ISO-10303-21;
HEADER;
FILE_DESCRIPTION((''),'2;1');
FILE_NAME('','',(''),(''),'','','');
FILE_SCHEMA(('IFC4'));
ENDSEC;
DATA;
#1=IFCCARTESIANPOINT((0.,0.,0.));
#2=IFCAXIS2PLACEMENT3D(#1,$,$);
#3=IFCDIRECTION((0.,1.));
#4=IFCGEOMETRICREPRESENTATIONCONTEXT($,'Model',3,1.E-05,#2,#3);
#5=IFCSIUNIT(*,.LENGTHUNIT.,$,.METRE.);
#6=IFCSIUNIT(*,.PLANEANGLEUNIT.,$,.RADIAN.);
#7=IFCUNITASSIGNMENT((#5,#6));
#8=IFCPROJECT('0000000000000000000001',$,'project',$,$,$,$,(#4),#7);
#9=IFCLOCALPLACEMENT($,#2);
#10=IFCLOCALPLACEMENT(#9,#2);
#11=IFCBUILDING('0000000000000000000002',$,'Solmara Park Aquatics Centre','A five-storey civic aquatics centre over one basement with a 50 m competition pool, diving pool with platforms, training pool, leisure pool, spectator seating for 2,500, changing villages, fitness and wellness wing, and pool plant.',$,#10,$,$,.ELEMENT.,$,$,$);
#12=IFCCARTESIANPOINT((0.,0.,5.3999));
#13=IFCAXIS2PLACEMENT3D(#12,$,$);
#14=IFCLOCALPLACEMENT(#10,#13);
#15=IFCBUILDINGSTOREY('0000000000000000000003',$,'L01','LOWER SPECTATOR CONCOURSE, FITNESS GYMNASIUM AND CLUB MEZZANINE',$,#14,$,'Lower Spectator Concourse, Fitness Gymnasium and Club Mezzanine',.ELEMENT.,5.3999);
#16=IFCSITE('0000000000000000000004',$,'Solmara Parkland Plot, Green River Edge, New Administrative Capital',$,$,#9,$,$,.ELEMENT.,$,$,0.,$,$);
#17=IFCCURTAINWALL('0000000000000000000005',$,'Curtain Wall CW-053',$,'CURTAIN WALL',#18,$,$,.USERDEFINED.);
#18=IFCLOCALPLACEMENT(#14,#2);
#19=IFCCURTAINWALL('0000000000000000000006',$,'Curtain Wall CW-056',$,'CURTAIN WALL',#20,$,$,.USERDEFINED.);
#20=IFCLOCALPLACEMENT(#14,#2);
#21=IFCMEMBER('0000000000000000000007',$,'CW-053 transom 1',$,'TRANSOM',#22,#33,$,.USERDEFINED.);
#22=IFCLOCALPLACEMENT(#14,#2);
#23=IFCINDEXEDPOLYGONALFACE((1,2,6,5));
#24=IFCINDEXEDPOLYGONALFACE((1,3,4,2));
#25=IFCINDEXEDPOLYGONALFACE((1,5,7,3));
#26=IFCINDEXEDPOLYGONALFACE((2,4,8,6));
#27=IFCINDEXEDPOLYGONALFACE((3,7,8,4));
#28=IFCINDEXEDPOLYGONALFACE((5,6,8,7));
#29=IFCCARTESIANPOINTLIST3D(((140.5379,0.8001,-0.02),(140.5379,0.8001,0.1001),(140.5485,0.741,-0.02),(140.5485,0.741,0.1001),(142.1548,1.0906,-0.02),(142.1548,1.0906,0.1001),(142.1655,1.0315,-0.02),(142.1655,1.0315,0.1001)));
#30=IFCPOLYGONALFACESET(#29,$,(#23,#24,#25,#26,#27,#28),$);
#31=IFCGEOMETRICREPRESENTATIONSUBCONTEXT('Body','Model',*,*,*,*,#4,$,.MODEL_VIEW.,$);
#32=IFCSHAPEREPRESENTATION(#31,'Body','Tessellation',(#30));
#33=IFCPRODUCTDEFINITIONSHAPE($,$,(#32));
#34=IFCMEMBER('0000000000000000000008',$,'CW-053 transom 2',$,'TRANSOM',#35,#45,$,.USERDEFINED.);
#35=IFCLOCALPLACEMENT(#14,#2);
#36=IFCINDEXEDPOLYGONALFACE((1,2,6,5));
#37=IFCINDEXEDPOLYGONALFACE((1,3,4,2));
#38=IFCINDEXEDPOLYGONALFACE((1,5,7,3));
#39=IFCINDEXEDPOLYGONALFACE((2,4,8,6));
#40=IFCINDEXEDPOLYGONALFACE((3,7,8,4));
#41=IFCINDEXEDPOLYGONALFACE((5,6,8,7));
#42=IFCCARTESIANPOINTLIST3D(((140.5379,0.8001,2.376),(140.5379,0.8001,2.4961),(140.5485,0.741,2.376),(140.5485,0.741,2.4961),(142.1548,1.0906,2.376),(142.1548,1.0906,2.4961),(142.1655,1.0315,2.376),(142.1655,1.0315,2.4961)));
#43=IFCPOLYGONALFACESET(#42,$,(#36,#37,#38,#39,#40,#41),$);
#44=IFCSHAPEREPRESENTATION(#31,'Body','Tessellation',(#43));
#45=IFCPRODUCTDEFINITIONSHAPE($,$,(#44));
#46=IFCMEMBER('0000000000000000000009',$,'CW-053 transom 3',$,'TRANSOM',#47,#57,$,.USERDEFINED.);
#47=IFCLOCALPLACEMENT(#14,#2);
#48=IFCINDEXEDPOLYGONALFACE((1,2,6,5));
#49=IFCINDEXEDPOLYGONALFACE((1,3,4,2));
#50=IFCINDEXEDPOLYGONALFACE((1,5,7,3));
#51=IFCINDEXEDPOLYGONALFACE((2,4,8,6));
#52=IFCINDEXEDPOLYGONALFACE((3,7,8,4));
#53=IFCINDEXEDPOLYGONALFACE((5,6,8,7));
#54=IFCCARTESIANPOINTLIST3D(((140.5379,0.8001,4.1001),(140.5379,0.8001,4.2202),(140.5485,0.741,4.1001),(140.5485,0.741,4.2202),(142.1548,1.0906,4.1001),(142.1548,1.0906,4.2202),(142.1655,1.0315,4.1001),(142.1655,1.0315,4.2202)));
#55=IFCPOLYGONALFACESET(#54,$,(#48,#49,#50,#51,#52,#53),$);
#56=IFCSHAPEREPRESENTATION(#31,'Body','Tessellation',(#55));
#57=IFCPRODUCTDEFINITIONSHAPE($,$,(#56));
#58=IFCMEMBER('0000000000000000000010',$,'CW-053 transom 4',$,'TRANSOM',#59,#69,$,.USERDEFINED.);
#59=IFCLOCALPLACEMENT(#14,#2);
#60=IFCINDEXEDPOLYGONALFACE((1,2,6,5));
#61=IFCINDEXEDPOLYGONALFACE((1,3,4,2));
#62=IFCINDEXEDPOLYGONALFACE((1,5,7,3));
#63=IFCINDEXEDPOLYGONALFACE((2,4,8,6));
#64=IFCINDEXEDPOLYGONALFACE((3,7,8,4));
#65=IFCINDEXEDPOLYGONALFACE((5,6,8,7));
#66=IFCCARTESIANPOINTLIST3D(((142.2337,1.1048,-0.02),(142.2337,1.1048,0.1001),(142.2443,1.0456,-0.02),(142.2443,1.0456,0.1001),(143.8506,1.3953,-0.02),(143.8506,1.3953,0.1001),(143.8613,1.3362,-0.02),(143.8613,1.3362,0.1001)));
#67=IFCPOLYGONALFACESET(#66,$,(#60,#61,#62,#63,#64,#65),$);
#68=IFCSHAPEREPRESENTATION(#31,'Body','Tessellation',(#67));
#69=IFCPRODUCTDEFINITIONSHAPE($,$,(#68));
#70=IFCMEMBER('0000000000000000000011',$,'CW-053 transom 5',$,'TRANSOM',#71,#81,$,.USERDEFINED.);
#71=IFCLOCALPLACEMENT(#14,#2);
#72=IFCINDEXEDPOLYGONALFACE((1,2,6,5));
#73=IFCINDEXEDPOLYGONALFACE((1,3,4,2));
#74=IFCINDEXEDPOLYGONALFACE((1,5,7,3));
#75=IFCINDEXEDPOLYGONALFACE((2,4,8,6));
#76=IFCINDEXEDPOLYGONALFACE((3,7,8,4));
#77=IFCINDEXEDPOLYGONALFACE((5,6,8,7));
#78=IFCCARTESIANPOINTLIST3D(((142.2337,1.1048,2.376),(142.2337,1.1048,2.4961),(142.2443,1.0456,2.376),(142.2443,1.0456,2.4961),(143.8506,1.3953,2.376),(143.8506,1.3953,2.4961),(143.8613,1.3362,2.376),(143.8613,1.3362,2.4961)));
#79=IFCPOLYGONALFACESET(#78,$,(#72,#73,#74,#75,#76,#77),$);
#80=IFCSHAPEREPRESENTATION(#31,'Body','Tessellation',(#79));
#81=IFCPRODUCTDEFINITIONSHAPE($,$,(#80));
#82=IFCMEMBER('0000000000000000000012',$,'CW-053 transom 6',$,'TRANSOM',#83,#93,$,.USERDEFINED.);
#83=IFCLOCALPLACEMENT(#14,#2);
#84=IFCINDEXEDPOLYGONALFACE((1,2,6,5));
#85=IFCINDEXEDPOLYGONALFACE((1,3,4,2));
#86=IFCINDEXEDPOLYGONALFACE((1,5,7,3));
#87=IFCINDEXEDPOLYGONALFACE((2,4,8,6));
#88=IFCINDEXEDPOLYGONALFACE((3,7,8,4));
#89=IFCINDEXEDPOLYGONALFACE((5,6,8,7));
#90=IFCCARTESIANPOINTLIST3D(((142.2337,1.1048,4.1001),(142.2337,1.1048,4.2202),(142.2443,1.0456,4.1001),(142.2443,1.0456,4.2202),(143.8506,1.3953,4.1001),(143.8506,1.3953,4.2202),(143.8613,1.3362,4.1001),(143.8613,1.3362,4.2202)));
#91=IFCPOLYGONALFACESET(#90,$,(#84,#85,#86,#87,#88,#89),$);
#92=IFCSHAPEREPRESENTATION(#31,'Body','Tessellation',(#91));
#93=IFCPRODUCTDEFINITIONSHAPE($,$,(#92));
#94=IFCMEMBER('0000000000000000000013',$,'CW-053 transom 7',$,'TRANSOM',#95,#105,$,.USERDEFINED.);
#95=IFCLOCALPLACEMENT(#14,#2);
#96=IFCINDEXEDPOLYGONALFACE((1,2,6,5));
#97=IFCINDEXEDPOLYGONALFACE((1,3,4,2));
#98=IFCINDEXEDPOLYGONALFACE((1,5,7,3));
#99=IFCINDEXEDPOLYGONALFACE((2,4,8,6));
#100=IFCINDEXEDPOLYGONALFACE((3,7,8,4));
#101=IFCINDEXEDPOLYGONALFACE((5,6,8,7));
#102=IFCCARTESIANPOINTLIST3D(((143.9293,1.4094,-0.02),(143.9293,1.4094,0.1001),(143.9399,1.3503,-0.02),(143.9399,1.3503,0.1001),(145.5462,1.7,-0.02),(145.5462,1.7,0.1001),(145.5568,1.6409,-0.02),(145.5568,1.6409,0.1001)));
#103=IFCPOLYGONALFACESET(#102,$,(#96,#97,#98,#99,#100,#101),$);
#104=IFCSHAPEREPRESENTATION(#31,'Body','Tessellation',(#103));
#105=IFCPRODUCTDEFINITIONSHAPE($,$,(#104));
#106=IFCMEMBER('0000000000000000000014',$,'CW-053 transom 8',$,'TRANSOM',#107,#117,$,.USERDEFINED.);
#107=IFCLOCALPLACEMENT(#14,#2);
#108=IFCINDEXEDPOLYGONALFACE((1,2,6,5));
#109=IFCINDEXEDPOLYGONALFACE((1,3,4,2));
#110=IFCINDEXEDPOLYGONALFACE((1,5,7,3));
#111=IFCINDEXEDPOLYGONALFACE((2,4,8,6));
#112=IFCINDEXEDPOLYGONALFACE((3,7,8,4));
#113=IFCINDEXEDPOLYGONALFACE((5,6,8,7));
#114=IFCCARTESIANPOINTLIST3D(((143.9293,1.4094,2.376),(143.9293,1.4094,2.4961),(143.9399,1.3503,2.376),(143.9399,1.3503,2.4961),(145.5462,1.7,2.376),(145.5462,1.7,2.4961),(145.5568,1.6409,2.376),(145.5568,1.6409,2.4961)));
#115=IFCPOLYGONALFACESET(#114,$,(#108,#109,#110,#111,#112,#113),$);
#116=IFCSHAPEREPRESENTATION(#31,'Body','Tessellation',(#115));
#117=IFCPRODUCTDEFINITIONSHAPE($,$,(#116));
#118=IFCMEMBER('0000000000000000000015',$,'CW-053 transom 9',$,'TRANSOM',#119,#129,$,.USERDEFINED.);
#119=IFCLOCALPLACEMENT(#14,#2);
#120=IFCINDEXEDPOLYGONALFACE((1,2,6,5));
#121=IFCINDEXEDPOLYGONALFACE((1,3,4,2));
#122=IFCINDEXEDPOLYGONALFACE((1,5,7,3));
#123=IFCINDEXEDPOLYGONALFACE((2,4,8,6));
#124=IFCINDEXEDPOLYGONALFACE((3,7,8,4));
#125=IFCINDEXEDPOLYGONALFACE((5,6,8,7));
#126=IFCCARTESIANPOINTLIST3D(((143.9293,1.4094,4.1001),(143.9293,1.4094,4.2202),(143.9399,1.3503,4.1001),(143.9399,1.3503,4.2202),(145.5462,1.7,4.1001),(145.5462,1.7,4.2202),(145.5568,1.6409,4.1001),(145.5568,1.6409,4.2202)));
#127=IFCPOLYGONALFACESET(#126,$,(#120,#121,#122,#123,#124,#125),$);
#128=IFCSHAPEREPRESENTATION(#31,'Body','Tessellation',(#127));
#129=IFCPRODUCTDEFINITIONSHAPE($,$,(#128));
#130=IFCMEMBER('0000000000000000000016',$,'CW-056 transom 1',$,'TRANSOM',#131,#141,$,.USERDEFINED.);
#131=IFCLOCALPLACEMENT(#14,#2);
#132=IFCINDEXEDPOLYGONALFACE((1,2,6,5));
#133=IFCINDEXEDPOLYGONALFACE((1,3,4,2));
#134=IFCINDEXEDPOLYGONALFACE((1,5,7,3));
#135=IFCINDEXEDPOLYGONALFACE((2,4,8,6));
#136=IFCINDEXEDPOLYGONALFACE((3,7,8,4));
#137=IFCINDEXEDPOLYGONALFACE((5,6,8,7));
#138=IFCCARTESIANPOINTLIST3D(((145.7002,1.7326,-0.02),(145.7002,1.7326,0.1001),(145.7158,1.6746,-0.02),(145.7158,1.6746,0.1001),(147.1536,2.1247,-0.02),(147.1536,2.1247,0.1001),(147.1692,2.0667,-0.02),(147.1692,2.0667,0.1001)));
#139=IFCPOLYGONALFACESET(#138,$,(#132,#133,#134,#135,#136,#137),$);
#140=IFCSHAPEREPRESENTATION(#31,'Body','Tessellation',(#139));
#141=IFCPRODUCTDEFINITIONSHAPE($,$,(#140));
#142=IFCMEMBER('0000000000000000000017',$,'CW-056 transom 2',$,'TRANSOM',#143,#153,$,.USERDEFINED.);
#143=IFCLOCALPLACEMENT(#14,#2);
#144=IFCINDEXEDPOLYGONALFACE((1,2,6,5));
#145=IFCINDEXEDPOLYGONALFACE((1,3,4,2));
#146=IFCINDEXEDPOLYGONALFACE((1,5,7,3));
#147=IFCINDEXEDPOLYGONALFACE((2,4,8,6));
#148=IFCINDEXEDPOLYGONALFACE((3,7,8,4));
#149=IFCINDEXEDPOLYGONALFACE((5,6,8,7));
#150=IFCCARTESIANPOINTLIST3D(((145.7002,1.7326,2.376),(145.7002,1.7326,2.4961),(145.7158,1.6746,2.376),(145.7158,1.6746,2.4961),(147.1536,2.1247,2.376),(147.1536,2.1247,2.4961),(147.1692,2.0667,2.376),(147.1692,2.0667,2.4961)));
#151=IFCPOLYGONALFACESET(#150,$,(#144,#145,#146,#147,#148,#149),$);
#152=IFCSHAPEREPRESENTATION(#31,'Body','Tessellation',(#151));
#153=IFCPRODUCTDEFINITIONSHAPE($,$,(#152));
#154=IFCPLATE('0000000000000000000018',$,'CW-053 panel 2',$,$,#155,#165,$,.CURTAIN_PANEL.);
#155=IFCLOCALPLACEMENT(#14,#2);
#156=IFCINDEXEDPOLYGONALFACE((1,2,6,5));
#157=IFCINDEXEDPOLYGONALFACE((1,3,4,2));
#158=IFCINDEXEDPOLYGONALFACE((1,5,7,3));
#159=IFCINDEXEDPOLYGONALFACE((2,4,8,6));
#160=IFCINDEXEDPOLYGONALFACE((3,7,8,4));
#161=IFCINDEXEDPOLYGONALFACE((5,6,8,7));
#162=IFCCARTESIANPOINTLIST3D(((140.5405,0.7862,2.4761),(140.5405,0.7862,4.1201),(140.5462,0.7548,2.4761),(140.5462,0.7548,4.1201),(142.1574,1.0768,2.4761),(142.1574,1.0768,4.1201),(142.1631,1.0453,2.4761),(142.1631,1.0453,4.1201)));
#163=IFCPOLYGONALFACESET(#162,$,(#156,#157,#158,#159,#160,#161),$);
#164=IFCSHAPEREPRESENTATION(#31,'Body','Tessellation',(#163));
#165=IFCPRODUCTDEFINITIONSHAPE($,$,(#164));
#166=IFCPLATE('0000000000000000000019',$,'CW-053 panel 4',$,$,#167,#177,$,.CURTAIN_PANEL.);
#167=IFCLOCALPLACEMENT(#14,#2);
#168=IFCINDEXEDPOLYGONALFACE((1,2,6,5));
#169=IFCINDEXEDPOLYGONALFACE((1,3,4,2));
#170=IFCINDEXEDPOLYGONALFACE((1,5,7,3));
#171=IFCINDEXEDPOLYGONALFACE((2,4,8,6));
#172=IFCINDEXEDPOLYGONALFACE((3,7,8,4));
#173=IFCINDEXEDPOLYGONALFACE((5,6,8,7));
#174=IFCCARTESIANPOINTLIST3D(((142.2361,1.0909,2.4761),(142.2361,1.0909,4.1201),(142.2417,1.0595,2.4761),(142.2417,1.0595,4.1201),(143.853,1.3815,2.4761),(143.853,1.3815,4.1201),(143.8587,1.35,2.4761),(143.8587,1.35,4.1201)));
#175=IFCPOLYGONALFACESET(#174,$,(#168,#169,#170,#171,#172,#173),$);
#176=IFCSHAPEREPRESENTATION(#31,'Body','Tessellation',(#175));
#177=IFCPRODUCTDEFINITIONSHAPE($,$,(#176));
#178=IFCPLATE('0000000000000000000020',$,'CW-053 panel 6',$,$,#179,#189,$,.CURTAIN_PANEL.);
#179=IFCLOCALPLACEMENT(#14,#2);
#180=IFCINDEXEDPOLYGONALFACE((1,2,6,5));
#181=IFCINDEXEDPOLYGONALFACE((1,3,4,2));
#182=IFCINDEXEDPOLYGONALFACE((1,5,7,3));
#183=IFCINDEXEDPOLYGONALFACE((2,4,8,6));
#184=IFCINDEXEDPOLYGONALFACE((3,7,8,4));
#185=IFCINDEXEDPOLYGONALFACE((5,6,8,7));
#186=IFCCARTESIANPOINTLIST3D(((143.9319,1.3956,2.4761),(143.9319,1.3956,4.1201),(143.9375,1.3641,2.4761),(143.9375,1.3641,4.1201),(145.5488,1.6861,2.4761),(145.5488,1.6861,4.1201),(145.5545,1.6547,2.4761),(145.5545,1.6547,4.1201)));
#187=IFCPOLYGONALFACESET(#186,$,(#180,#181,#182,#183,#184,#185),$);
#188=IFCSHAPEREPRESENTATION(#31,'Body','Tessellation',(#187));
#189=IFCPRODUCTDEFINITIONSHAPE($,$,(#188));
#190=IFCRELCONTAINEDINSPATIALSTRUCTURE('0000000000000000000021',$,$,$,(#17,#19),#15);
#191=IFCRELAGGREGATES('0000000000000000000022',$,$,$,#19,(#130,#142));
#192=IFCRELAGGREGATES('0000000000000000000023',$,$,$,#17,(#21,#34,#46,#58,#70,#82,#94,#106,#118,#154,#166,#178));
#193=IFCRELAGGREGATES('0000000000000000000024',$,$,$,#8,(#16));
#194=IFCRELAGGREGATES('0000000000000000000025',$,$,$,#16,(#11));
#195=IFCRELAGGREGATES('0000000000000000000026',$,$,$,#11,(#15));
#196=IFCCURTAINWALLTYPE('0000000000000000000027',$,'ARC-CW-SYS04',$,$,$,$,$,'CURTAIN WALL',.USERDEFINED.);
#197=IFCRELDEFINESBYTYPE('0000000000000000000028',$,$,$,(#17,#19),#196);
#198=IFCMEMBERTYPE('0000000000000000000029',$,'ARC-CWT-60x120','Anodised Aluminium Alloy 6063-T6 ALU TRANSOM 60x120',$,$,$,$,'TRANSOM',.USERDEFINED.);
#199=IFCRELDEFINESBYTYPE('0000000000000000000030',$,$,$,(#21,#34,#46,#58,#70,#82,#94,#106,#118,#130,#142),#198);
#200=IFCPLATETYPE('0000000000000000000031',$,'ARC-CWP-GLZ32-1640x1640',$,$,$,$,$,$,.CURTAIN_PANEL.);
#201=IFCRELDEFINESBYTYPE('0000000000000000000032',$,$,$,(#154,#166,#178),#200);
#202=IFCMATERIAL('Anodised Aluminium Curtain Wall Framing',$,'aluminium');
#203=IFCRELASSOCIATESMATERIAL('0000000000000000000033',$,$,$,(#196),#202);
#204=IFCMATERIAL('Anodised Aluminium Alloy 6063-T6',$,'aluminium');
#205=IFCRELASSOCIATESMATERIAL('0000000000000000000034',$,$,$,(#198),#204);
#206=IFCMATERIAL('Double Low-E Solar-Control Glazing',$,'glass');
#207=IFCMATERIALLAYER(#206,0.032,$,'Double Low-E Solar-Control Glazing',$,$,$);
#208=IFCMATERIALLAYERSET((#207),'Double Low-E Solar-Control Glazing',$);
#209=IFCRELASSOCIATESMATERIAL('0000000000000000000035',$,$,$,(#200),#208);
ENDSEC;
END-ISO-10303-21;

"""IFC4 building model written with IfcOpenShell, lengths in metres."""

from ifc_helpers import new_model, si_unit, direction, frame, origin, origin_2d, place, context, subcontext, project, spatial, rectangle, extrude, material, layer, layer_set, material_profile, profile_set, type_object, element, aggregate, save


model = new_model("IFC4")

# Units and contexts
model_context = context("Model", 3, precision=1e-05, world=origin(), true_north=direction((0.0, 1.0)))
body_context = subcontext(model_context, "Body", "Model", "MODEL_VIEW")
ifc_project = project(units=[si_unit("LENGTHUNIT", "METRE"), si_unit("PLANEANGLEUNIT", "RADIAN")], contexts=[model_context])

# Site, building, storey
site_placement = place(None, origin())
site = spatial("IfcSite", under=ifc_project, at=site_placement, Name="Solmara Parkland Plot, Green River Edge, New Administrative Capital", CompositionType="ELEMENT", RefElevation=0.0)
building_placement = place(site_placement, origin())
building = spatial("IfcBuilding", under=site, at=building_placement, Name="Solmara Park Aquatics Centre", Description="A five-storey civic aquatics centre over one basement with a 50 m competition pool, diving pool with platforms, training pool, leisure pool, spectator seating for 2,500, changing villages, fitness and wellness wing, and pool plant.", CompositionType="ELEMENT")
storey_placement = place(building_placement, frame((0.0, 0.0, 5.3999)))
storey = spatial("IfcBuildingStorey", under=building, at=storey_placement, Name="L01", Description="LOWER SPECTATOR CONCOURSE, FITNESS GYMNASIUM AND CLUB MEZZANINE", LongName="Lower Spectator Concourse, Fitness Gymnasium and Club Mezzanine", CompositionType="ELEMENT", Elevation=5.3999)

# Curtain wall
ifc_material_1 = material(Name="Anodised Aluminium Curtain Wall Framing", Category="aluminium")
curtain_wall_type = type_object("IfcCurtainWallType", Name="ARC-CW-SYS04", ElementType="CURTAIN WALL", PredefinedType="USERDEFINED", material=ifc_material_1)
ifc_material_2 = material(Name="Anodised Aluminium Alloy 6063-T6", Category="aluminium")
curtain_wall_1_placement = place(storey_placement, origin())
curtain_wall_1 = element("IfcCurtainWall", 1, at=curtain_wall_1_placement, inside=storey, type_object=curtain_wall_type, Name="Curtain Wall CW-053", ObjectType="CURTAIN WALL", PredefinedType="USERDEFINED")

# Curtain wall
curtain_wall_2_placement = place(storey_placement, origin())
curtain_wall_2 = element("IfcCurtainWall", 2, at=curtain_wall_2_placement, inside=storey, type_object=curtain_wall_type, Name="Curtain Wall CW-056", ObjectType="CURTAIN WALL", PredefinedType="USERDEFINED")

# Members
ifc_material_profile_1 = material_profile(ifc_material_2, rectangle(XDim=0.0601, YDim=0.1201, at=origin_2d()), Name="ALU TRANSOM 60x120")
ifc_profile_set_1 = profile_set([ifc_material_profile_1], Name="Anodised Aluminium Alloy 6063-T6")
member_type_1 = type_object("IfcMemberType", Name="ARC-CWT-60x120", Description="Anodised Aluminium Alloy 6063-T6 ALU TRANSOM 60x120", ElementType="TRANSOM", PredefinedType="USERDEFINED", material=ifc_profile_set_1)
member_1_placement = place(storey_placement, frame((140.5432, 0.7705, 0.04), z_axis=(0.984239, 0.176845, 0.0), x_axis=(-0.176845, 0.984239, 0.0)))
member_1 = element("IfcMember", 3, at=member_1_placement, type_object=member_type_1, Name="CW-053 transom 1", ObjectType="TRANSOM", PredefinedType="USERDEFINED", context=body_context, shape_type="SweptSolid", body=[
    extrude(rectangle(XDim=0.0601, YDim=0.1201, at=origin_2d()), origin(), (0.0, 0.0, 1.0), 1.6428),
])
member_2_placement = place(storey_placement, frame((140.5432, 0.7705, 2.436), z_axis=(0.984239, 0.176845, 0.0), x_axis=(-0.176845, 0.984239, 0.0)))
member_2 = element("IfcMember", 4, at=member_2_placement, type_object=member_type_1, Name="CW-053 transom 2", ObjectType="TRANSOM", PredefinedType="USERDEFINED", context=body_context, shape_type="SweptSolid", body=[
    extrude(rectangle(XDim=0.0601, YDim=0.1201, at=origin_2d()), origin(), (0.0, 0.0, 1.0), 1.6428),
])
member_3_placement = place(storey_placement, frame((140.5432, 0.7705, 4.1602), z_axis=(0.984239, 0.176845, 0.0), x_axis=(-0.176845, 0.984239, 0.0)))
member_3 = element("IfcMember", 5, at=member_3_placement, type_object=member_type_1, Name="CW-053 transom 3", ObjectType="TRANSOM", PredefinedType="USERDEFINED", context=body_context, shape_type="SweptSolid", body=[
    extrude(rectangle(XDim=0.0601, YDim=0.1201, at=origin_2d()), origin(), (0.0, 0.0, 1.0), 1.6428),
])
member_4_placement = place(storey_placement, frame((142.239, 1.0752, 0.04), z_axis=(0.984239, 0.176845, 0.0), x_axis=(-0.176845, 0.984239, 0.0)))
member_4 = element("IfcMember", 6, at=member_4_placement, type_object=member_type_1, Name="CW-053 transom 4", ObjectType="TRANSOM", PredefinedType="USERDEFINED", context=body_context, shape_type="SweptSolid", body=[
    extrude(rectangle(XDim=0.0601, YDim=0.1201, at=origin_2d()), origin(), (0.0, 0.0, 1.0), 1.6428),
])
member_5_placement = place(storey_placement, frame((142.239, 1.0752, 2.436), z_axis=(0.984239, 0.176845, 0.0), x_axis=(-0.176845, 0.984239, 0.0)))
member_5 = element("IfcMember", 7, at=member_5_placement, type_object=member_type_1, Name="CW-053 transom 5", ObjectType="TRANSOM", PredefinedType="USERDEFINED", context=body_context, shape_type="SweptSolid", body=[
    extrude(rectangle(XDim=0.0601, YDim=0.1201, at=origin_2d()), origin(), (0.0, 0.0, 1.0), 1.6428),
])
member_6_placement = place(storey_placement, frame((142.239, 1.0752, 4.1602), z_axis=(0.984239, 0.176845, 0.0), x_axis=(-0.176845, 0.984239, 0.0)))
member_6 = element("IfcMember", 8, at=member_6_placement, type_object=member_type_1, Name="CW-053 transom 6", ObjectType="TRANSOM", PredefinedType="USERDEFINED", context=body_context, shape_type="SweptSolid", body=[
    extrude(rectangle(XDim=0.0601, YDim=0.1201, at=origin_2d()), origin(), (0.0, 0.0, 1.0), 1.6428),
])
member_7_placement = place(storey_placement, frame((143.9346, 1.3799, 0.04), z_axis=(0.984239, 0.176845, 0.0), x_axis=(-0.176845, 0.984239, 0.0)))
member_7 = element("IfcMember", 9, at=member_7_placement, type_object=member_type_1, Name="CW-053 transom 7", ObjectType="TRANSOM", PredefinedType="USERDEFINED", context=body_context, shape_type="SweptSolid", body=[
    extrude(rectangle(XDim=0.0601, YDim=0.1201, at=origin_2d()), origin(), (0.0, 0.0, 1.0), 1.6428),
])
member_8_placement = place(storey_placement, frame((143.9346, 1.3799, 2.436), z_axis=(0.984239, 0.176845, 0.0), x_axis=(-0.176845, 0.984239, 0.0)))
member_8 = element("IfcMember", 10, at=member_8_placement, type_object=member_type_1, Name="CW-053 transom 8", ObjectType="TRANSOM", PredefinedType="USERDEFINED", context=body_context, shape_type="SweptSolid", body=[
    extrude(rectangle(XDim=0.0601, YDim=0.1201, at=origin_2d()), origin(), (0.0, 0.0, 1.0), 1.6428),
])
member_9_placement = place(storey_placement, frame((143.9346, 1.3799, 4.1602), z_axis=(0.984239, 0.176845, 0.0), x_axis=(-0.176845, 0.984239, 0.0)))
member_9 = element("IfcMember", 11, at=member_9_placement, type_object=member_type_1, Name="CW-053 transom 9", ObjectType="TRANSOM", PredefinedType="USERDEFINED", context=body_context, shape_type="SweptSolid", body=[
    extrude(rectangle(XDim=0.0601, YDim=0.1201, at=origin_2d()), origin(), (0.0, 0.0, 1.0), 1.6428),
])
member_10_placement = place(storey_placement, frame((145.708, 1.7036, 0.04), z_axis=(0.965483, 0.260468, 0.0), x_axis=(-0.260468, 0.965483, 0.0)))
member_10 = element("IfcMember", 12, at=member_10_placement, type_object=member_type_1, Name="CW-056 transom 1", ObjectType="TRANSOM", PredefinedType="USERDEFINED", context=body_context, shape_type="SweptSolid", body=[
    extrude(rectangle(XDim=0.0601, YDim=0.1201, at=origin_2d()), origin(), (0.0, 0.0, 1.0), 1.5054),
])
member_11_placement = place(storey_placement, frame((145.708, 1.7036, 2.436), z_axis=(0.965483, 0.260468, 0.0), x_axis=(-0.260468, 0.965483, 0.0)))
member_11 = element("IfcMember", 13, at=member_11_placement, type_object=member_type_1, Name="CW-056 transom 2", ObjectType="TRANSOM", PredefinedType="USERDEFINED", context=body_context, shape_type="SweptSolid", body=[
    extrude(rectangle(XDim=0.0601, YDim=0.1201, at=origin_2d()), origin(), (0.0, 0.0, 1.0), 1.5054),
])
aggregate(curtain_wall_2, [member_10, member_11])

# Plates
ifc_material_3 = material(Name="Double Low-E Solar-Control Glazing", Category="glass")
ifc_layer_1 = layer(ifc_material_3, 0.032, Name="Double Low-E Solar-Control Glazing")
ifc_layer_set_1 = layer_set([ifc_layer_1], Name="Double Low-E Solar-Control Glazing")
plate_type_1 = type_object("IfcPlateType", Name="ARC-CWP-GLZ32-1640x1640", PredefinedType="CURTAIN_PANEL", material=ifc_layer_set_1)
plate_1_placement = place(storey_placement, frame((141.3518, 0.9158, 2.4761), z_axis=(0.0, 0.0, 1.0), x_axis=(0.984239, 0.176846, 0.0)))
plate_1 = element("IfcPlate", 14, at=plate_1_placement, type_object=plate_type_1, Name="CW-053 panel 2", PredefinedType="CURTAIN_PANEL", context=body_context, shape_type="SweptSolid", body=[
    extrude(rectangle(XDim=1.6428, YDim=0.032, at=origin_2d()), origin(), (0.0, 0.0, 1.0), 1.644),
])
plate_2_placement = place(storey_placement, frame((143.0474, 1.2205, 2.4761), z_axis=(0.0, 0.0, 1.0), x_axis=(0.984239, 0.176846, 0.0)))
plate_2 = element("IfcPlate", 15, at=plate_2_placement, type_object=plate_type_1, Name="CW-053 panel 4", PredefinedType="CURTAIN_PANEL", context=body_context, shape_type="SweptSolid", body=[
    extrude(rectangle(XDim=1.6428, YDim=0.032, at=origin_2d()), origin(), (0.0, 0.0, 1.0), 1.644),
])
plate_3_placement = place(storey_placement, frame((144.7432, 1.5251, 2.4761), z_axis=(0.0, 0.0, 1.0), x_axis=(0.984239, 0.176846, 0.0)))
plate_3 = element("IfcPlate", 16, at=plate_3_placement, type_object=plate_type_1, Name="CW-053 panel 6", PredefinedType="CURTAIN_PANEL", context=body_context, shape_type="SweptSolid", body=[
    extrude(rectangle(XDim=1.6428, YDim=0.032, at=origin_2d()), origin(), (0.0, 0.0, 1.0), 1.644),
])
aggregate(curtain_wall_1, [member_1, member_2, member_3, member_4, member_5, member_6, member_7, member_8, member_9, plate_1, plate_2, plate_3])

save(model, "model.ifc")
